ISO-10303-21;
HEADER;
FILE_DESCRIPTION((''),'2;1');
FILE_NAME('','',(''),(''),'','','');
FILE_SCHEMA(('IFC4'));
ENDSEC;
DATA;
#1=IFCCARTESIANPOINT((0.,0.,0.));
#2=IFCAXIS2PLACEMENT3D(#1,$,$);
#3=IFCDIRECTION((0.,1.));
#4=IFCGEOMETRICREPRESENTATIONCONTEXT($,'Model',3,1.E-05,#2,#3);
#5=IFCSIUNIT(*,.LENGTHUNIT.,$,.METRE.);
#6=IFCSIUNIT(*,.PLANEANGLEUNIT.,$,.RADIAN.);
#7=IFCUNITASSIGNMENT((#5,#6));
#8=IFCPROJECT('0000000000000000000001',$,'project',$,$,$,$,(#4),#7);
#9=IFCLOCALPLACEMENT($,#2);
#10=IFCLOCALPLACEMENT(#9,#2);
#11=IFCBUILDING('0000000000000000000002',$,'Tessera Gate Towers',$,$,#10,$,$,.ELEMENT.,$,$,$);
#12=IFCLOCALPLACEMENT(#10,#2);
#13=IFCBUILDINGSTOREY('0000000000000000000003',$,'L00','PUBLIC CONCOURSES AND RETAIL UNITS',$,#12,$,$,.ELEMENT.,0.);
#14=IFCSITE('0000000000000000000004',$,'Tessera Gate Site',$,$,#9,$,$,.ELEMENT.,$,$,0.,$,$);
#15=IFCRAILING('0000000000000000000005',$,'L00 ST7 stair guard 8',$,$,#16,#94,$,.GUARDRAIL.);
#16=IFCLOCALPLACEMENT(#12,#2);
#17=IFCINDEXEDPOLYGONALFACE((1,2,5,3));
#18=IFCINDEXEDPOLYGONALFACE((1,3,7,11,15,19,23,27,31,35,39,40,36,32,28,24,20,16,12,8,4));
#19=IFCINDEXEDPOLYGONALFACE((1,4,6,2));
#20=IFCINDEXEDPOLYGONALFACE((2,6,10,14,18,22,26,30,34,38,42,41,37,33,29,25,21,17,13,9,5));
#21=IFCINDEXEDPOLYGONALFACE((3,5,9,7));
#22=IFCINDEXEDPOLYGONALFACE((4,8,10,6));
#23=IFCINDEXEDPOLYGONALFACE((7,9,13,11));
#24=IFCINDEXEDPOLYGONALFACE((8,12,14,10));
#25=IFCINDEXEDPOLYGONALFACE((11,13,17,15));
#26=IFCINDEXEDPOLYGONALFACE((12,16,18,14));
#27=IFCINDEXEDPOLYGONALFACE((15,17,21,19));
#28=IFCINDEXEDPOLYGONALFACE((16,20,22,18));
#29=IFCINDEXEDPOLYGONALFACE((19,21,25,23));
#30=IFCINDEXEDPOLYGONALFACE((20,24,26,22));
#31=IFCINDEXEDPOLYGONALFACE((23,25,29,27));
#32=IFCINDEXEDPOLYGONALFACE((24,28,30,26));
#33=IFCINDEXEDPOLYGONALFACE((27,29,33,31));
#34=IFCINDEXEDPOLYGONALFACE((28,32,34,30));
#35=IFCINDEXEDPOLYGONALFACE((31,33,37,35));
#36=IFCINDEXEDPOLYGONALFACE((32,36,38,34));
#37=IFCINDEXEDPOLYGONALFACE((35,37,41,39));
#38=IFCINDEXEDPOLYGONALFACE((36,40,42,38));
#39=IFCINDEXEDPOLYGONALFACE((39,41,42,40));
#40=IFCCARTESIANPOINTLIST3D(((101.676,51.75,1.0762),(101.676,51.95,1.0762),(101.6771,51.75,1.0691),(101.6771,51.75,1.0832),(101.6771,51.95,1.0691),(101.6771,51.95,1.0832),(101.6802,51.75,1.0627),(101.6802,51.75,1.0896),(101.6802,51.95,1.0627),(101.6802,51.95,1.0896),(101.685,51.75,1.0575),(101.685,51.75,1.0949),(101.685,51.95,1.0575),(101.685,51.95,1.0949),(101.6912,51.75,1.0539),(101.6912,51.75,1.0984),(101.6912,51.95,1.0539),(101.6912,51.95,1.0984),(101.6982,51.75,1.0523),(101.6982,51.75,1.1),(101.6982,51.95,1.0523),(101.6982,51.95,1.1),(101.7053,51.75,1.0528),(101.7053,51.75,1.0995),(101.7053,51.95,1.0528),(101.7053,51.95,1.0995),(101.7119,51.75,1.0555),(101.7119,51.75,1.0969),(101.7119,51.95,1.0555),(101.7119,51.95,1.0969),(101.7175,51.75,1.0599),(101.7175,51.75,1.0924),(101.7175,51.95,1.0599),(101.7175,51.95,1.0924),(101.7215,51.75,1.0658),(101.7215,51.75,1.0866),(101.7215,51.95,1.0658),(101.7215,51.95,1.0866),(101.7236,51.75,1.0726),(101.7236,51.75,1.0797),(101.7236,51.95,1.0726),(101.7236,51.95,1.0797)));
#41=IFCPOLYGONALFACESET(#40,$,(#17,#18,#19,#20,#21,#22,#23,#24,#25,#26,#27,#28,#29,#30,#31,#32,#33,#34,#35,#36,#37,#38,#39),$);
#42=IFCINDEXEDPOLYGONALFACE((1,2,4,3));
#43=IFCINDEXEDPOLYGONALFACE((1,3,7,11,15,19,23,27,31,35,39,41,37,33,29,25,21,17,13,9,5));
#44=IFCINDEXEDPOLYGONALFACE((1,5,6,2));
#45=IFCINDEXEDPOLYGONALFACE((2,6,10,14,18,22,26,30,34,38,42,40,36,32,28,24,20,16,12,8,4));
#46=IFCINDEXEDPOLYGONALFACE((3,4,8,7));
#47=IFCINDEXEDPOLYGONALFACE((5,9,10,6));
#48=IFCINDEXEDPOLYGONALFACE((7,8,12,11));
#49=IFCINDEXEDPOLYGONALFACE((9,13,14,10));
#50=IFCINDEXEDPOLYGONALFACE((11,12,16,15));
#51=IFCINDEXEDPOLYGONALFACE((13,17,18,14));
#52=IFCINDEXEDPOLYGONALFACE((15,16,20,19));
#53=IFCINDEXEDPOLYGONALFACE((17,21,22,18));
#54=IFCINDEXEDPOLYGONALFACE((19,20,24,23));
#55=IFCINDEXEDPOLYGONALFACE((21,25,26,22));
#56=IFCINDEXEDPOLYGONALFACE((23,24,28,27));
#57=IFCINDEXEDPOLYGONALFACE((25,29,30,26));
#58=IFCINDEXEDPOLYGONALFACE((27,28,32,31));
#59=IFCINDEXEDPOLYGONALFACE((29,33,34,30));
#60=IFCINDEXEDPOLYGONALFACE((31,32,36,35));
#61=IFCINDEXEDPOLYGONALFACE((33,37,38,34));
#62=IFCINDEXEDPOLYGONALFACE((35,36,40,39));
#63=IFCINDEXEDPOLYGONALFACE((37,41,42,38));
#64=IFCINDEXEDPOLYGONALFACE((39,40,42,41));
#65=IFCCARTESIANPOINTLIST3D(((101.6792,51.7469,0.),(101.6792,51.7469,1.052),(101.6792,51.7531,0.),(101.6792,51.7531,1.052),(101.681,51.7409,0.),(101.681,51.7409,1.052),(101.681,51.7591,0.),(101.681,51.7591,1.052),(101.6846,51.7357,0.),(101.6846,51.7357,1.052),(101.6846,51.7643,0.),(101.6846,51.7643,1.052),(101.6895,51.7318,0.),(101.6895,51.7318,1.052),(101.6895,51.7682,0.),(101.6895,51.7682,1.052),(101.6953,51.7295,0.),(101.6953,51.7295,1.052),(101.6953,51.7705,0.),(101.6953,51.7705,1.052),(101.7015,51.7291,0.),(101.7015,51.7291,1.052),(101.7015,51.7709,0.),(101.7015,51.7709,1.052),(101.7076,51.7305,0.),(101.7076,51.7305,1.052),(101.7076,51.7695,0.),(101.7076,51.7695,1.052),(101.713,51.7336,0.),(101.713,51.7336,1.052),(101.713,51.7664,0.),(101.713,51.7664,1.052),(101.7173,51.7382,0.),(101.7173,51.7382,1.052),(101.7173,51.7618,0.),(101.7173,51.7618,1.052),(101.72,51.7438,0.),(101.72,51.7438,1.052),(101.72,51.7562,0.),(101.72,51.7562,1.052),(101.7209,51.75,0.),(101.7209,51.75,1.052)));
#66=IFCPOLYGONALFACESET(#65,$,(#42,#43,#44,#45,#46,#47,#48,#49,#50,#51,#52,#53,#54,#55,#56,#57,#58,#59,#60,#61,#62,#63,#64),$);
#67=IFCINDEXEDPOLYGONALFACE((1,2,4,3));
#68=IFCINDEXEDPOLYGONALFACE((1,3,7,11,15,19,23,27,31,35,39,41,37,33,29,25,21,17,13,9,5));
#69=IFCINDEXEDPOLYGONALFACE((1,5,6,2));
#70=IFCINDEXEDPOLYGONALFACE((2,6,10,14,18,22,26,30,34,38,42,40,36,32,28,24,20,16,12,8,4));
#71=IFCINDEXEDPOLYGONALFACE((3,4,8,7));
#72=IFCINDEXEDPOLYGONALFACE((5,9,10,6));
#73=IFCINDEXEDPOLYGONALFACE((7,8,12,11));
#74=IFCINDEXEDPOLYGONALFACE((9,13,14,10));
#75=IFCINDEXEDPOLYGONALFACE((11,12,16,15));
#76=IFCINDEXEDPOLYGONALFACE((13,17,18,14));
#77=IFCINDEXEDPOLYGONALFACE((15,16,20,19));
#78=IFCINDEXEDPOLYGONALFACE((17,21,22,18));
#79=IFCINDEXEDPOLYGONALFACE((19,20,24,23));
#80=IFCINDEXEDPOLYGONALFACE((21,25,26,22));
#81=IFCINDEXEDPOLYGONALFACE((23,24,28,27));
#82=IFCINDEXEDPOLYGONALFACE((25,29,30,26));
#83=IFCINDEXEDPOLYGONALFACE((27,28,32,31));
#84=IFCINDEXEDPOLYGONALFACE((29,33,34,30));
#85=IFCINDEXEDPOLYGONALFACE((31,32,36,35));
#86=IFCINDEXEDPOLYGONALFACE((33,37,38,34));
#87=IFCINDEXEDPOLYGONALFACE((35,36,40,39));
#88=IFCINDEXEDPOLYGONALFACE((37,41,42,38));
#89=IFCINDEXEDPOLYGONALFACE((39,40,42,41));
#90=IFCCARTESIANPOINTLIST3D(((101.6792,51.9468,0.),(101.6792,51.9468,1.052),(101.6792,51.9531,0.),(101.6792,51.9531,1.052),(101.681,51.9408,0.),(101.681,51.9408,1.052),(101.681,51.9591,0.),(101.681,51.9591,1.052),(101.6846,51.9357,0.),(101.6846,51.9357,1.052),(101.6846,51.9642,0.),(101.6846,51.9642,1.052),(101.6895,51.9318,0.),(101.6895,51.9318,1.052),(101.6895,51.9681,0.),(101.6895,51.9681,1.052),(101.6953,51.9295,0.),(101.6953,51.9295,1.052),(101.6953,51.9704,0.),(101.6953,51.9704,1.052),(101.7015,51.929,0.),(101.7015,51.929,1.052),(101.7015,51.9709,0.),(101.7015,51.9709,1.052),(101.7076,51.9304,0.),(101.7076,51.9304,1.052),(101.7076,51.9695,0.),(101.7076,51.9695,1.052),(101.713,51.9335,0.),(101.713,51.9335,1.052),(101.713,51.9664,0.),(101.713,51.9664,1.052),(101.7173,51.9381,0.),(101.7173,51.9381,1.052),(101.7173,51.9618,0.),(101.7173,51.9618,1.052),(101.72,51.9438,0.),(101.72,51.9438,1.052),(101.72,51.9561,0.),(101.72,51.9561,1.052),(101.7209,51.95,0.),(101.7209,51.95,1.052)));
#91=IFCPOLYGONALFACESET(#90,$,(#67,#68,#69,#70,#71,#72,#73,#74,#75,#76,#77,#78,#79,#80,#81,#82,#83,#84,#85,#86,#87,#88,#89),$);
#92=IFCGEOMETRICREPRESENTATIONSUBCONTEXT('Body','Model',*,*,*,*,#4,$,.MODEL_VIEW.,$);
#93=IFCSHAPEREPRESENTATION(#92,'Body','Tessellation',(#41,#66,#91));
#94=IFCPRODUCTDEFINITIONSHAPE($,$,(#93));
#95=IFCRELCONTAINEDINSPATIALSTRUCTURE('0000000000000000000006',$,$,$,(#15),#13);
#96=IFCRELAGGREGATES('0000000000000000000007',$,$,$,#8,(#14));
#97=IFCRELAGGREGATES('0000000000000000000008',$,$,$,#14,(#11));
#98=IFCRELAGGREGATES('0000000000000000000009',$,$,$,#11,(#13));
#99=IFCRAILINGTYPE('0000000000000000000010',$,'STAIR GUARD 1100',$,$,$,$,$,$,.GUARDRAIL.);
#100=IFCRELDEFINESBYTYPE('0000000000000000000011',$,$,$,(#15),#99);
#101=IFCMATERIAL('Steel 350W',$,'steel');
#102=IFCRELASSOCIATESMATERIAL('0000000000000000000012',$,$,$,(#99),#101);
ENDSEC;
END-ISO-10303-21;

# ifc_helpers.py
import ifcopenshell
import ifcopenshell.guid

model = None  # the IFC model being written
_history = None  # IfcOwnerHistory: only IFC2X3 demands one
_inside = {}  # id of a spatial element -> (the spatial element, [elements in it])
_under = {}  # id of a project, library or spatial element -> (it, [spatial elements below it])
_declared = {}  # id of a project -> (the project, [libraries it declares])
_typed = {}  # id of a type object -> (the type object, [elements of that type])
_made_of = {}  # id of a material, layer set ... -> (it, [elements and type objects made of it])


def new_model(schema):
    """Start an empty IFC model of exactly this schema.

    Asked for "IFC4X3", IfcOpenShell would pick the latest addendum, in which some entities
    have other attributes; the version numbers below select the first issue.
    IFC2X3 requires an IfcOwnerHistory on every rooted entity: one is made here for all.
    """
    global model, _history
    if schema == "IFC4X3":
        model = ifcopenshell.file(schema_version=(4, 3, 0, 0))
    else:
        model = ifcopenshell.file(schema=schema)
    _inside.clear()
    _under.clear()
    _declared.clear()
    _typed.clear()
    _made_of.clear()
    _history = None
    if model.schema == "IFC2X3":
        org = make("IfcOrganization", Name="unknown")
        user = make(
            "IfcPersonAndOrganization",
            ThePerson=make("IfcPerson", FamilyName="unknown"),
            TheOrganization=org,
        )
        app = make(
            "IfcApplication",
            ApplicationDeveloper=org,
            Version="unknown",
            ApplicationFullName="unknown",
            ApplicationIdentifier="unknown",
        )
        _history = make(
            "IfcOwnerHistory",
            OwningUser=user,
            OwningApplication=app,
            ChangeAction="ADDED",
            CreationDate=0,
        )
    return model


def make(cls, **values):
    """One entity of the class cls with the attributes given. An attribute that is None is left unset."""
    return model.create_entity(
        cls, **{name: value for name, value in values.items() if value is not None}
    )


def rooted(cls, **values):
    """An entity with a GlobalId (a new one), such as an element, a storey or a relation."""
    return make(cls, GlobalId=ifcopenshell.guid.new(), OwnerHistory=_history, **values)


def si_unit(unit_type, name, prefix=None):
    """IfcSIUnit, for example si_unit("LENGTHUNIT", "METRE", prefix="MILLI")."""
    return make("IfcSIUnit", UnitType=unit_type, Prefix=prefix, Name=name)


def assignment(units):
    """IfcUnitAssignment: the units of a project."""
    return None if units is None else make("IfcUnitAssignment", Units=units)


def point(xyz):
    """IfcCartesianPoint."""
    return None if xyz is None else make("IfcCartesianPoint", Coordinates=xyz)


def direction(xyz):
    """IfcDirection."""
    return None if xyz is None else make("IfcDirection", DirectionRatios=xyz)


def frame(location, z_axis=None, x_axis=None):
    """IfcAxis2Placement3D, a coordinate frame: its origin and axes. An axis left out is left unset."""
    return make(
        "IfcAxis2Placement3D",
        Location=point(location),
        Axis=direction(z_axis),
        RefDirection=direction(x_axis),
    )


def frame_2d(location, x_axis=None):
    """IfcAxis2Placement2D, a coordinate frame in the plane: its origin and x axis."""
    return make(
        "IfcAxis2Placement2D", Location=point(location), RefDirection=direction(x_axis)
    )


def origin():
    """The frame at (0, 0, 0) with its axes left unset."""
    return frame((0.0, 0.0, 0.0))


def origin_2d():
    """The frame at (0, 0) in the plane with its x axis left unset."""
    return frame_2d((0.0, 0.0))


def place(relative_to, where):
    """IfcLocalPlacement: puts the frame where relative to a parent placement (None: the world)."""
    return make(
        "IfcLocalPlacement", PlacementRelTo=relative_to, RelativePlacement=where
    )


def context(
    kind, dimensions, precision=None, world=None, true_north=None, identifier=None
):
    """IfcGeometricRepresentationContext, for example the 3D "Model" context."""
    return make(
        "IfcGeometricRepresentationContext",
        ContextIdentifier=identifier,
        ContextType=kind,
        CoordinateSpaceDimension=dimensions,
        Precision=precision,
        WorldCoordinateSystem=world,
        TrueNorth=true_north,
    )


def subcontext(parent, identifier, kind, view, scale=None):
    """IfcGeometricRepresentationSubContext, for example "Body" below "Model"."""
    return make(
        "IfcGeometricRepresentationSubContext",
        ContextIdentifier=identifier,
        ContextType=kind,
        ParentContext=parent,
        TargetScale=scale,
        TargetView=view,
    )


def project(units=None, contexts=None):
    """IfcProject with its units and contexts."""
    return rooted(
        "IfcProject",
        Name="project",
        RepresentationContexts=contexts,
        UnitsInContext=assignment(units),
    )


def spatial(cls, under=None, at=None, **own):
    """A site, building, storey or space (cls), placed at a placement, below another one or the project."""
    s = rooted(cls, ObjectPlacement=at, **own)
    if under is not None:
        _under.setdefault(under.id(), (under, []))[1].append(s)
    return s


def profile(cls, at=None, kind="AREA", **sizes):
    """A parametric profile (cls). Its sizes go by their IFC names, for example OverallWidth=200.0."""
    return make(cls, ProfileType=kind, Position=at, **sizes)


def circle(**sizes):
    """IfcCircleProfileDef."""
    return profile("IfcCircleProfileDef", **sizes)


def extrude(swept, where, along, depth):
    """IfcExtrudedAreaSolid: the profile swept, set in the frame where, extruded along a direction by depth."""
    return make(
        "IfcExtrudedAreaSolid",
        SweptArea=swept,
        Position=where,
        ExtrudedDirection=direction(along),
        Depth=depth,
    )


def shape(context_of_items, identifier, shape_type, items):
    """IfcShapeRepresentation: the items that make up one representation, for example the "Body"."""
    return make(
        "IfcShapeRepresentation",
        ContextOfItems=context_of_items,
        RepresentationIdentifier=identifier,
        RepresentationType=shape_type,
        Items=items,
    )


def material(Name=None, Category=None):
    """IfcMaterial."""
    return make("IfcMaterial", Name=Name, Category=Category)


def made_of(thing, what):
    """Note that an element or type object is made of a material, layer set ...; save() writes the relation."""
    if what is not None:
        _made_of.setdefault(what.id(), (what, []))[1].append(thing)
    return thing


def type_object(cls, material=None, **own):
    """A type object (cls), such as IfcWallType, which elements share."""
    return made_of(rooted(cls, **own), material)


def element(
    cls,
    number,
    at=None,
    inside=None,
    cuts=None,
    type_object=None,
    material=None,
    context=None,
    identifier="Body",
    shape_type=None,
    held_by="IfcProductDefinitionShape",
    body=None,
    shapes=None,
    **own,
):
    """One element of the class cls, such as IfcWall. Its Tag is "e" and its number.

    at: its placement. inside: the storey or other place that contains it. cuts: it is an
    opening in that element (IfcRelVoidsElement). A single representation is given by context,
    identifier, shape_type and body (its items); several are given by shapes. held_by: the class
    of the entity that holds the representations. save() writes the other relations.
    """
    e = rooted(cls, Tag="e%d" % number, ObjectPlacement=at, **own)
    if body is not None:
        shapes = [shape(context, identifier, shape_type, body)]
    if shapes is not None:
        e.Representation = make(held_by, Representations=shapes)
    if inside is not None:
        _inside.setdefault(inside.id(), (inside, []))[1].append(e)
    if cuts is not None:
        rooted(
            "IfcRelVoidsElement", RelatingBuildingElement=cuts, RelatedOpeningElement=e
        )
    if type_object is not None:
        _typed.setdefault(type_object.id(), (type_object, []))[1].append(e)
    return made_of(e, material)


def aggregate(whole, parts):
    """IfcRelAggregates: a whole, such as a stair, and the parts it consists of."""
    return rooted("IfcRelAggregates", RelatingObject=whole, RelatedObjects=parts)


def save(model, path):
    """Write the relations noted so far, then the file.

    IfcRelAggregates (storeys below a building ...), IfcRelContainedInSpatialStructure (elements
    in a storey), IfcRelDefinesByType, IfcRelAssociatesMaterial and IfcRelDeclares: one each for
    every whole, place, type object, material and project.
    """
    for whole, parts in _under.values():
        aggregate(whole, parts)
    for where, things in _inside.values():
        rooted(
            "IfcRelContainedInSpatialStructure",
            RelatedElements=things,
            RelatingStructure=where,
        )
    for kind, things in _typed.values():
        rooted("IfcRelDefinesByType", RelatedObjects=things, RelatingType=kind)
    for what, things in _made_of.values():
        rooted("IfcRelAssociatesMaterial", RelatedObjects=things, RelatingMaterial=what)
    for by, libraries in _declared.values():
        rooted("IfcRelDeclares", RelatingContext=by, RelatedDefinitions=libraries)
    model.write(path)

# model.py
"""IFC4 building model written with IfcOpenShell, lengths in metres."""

from ifc_helpers import new_model, si_unit, direction, frame, origin, origin_2d, place, context, subcontext, project, spatial, circle, extrude, material, type_object, element, save


model = new_model("IFC4")

# Units and contexts
model_context = context("Model", 3, precision=1e-05, world=origin(), true_north=direction((0.0, 1.0)))
body_context = subcontext(model_context, "Body", "Model", "MODEL_VIEW")
ifc_project = project(units=[si_unit("LENGTHUNIT", "METRE"), si_unit("PLANEANGLEUNIT", "RADIAN")], contexts=[model_context])

# Site, building, storey
site_placement = place(None, origin())
site = spatial("IfcSite", under=ifc_project, at=site_placement, Name="Tessera Gate Site", CompositionType="ELEMENT", RefElevation=0.0)
building_placement = place(site_placement, origin())
building = spatial("IfcBuilding", under=site, at=building_placement, Name="Tessera Gate Towers", CompositionType="ELEMENT")
storey_placement = place(building_placement, origin())
storey = spatial("IfcBuildingStorey", under=building, at=storey_placement, Name="L00", Description="PUBLIC CONCOURSES AND RETAIL UNITS", CompositionType="ELEMENT", Elevation=0.0)

# Railing
ifc_material_1 = material(Name="Steel 350W", Category="steel")
railing_type_1 = type_object("IfcRailingType", Name="STAIR GUARD 1100", PredefinedType="GUARDRAIL", material=ifc_material_1)
railing_1_placement = place(storey_placement, frame((101.7, 51.75, 0.0)))
element("IfcRailing", 1, at=railing_1_placement, inside=storey, type_object=railing_type_1, Name="L00 ST7 stair guard 8", PredefinedType="GUARDRAIL", context=body_context, shape_type="SweptSolid", body=[
    extrude(circle(Radius=0.0239, at=origin_2d()), frame((0.0, 0.0, 1.0762), z_axis=(0.0, 1.0, 0.0), x_axis=(-1.0, 0.0, 0.0)), (0.0, 0.0, 1.0), 0.2),
    extrude(circle(Radius=0.021, at=origin_2d()), origin(), (0.0, 0.0, 1.0), 1.052),
    extrude(circle(Radius=0.021, at=origin_2d()), frame((0.0, 0.2, 0.0)), (0.0, 0.0, 1.0), 1.052),
])

save(model, "model.ifc")
